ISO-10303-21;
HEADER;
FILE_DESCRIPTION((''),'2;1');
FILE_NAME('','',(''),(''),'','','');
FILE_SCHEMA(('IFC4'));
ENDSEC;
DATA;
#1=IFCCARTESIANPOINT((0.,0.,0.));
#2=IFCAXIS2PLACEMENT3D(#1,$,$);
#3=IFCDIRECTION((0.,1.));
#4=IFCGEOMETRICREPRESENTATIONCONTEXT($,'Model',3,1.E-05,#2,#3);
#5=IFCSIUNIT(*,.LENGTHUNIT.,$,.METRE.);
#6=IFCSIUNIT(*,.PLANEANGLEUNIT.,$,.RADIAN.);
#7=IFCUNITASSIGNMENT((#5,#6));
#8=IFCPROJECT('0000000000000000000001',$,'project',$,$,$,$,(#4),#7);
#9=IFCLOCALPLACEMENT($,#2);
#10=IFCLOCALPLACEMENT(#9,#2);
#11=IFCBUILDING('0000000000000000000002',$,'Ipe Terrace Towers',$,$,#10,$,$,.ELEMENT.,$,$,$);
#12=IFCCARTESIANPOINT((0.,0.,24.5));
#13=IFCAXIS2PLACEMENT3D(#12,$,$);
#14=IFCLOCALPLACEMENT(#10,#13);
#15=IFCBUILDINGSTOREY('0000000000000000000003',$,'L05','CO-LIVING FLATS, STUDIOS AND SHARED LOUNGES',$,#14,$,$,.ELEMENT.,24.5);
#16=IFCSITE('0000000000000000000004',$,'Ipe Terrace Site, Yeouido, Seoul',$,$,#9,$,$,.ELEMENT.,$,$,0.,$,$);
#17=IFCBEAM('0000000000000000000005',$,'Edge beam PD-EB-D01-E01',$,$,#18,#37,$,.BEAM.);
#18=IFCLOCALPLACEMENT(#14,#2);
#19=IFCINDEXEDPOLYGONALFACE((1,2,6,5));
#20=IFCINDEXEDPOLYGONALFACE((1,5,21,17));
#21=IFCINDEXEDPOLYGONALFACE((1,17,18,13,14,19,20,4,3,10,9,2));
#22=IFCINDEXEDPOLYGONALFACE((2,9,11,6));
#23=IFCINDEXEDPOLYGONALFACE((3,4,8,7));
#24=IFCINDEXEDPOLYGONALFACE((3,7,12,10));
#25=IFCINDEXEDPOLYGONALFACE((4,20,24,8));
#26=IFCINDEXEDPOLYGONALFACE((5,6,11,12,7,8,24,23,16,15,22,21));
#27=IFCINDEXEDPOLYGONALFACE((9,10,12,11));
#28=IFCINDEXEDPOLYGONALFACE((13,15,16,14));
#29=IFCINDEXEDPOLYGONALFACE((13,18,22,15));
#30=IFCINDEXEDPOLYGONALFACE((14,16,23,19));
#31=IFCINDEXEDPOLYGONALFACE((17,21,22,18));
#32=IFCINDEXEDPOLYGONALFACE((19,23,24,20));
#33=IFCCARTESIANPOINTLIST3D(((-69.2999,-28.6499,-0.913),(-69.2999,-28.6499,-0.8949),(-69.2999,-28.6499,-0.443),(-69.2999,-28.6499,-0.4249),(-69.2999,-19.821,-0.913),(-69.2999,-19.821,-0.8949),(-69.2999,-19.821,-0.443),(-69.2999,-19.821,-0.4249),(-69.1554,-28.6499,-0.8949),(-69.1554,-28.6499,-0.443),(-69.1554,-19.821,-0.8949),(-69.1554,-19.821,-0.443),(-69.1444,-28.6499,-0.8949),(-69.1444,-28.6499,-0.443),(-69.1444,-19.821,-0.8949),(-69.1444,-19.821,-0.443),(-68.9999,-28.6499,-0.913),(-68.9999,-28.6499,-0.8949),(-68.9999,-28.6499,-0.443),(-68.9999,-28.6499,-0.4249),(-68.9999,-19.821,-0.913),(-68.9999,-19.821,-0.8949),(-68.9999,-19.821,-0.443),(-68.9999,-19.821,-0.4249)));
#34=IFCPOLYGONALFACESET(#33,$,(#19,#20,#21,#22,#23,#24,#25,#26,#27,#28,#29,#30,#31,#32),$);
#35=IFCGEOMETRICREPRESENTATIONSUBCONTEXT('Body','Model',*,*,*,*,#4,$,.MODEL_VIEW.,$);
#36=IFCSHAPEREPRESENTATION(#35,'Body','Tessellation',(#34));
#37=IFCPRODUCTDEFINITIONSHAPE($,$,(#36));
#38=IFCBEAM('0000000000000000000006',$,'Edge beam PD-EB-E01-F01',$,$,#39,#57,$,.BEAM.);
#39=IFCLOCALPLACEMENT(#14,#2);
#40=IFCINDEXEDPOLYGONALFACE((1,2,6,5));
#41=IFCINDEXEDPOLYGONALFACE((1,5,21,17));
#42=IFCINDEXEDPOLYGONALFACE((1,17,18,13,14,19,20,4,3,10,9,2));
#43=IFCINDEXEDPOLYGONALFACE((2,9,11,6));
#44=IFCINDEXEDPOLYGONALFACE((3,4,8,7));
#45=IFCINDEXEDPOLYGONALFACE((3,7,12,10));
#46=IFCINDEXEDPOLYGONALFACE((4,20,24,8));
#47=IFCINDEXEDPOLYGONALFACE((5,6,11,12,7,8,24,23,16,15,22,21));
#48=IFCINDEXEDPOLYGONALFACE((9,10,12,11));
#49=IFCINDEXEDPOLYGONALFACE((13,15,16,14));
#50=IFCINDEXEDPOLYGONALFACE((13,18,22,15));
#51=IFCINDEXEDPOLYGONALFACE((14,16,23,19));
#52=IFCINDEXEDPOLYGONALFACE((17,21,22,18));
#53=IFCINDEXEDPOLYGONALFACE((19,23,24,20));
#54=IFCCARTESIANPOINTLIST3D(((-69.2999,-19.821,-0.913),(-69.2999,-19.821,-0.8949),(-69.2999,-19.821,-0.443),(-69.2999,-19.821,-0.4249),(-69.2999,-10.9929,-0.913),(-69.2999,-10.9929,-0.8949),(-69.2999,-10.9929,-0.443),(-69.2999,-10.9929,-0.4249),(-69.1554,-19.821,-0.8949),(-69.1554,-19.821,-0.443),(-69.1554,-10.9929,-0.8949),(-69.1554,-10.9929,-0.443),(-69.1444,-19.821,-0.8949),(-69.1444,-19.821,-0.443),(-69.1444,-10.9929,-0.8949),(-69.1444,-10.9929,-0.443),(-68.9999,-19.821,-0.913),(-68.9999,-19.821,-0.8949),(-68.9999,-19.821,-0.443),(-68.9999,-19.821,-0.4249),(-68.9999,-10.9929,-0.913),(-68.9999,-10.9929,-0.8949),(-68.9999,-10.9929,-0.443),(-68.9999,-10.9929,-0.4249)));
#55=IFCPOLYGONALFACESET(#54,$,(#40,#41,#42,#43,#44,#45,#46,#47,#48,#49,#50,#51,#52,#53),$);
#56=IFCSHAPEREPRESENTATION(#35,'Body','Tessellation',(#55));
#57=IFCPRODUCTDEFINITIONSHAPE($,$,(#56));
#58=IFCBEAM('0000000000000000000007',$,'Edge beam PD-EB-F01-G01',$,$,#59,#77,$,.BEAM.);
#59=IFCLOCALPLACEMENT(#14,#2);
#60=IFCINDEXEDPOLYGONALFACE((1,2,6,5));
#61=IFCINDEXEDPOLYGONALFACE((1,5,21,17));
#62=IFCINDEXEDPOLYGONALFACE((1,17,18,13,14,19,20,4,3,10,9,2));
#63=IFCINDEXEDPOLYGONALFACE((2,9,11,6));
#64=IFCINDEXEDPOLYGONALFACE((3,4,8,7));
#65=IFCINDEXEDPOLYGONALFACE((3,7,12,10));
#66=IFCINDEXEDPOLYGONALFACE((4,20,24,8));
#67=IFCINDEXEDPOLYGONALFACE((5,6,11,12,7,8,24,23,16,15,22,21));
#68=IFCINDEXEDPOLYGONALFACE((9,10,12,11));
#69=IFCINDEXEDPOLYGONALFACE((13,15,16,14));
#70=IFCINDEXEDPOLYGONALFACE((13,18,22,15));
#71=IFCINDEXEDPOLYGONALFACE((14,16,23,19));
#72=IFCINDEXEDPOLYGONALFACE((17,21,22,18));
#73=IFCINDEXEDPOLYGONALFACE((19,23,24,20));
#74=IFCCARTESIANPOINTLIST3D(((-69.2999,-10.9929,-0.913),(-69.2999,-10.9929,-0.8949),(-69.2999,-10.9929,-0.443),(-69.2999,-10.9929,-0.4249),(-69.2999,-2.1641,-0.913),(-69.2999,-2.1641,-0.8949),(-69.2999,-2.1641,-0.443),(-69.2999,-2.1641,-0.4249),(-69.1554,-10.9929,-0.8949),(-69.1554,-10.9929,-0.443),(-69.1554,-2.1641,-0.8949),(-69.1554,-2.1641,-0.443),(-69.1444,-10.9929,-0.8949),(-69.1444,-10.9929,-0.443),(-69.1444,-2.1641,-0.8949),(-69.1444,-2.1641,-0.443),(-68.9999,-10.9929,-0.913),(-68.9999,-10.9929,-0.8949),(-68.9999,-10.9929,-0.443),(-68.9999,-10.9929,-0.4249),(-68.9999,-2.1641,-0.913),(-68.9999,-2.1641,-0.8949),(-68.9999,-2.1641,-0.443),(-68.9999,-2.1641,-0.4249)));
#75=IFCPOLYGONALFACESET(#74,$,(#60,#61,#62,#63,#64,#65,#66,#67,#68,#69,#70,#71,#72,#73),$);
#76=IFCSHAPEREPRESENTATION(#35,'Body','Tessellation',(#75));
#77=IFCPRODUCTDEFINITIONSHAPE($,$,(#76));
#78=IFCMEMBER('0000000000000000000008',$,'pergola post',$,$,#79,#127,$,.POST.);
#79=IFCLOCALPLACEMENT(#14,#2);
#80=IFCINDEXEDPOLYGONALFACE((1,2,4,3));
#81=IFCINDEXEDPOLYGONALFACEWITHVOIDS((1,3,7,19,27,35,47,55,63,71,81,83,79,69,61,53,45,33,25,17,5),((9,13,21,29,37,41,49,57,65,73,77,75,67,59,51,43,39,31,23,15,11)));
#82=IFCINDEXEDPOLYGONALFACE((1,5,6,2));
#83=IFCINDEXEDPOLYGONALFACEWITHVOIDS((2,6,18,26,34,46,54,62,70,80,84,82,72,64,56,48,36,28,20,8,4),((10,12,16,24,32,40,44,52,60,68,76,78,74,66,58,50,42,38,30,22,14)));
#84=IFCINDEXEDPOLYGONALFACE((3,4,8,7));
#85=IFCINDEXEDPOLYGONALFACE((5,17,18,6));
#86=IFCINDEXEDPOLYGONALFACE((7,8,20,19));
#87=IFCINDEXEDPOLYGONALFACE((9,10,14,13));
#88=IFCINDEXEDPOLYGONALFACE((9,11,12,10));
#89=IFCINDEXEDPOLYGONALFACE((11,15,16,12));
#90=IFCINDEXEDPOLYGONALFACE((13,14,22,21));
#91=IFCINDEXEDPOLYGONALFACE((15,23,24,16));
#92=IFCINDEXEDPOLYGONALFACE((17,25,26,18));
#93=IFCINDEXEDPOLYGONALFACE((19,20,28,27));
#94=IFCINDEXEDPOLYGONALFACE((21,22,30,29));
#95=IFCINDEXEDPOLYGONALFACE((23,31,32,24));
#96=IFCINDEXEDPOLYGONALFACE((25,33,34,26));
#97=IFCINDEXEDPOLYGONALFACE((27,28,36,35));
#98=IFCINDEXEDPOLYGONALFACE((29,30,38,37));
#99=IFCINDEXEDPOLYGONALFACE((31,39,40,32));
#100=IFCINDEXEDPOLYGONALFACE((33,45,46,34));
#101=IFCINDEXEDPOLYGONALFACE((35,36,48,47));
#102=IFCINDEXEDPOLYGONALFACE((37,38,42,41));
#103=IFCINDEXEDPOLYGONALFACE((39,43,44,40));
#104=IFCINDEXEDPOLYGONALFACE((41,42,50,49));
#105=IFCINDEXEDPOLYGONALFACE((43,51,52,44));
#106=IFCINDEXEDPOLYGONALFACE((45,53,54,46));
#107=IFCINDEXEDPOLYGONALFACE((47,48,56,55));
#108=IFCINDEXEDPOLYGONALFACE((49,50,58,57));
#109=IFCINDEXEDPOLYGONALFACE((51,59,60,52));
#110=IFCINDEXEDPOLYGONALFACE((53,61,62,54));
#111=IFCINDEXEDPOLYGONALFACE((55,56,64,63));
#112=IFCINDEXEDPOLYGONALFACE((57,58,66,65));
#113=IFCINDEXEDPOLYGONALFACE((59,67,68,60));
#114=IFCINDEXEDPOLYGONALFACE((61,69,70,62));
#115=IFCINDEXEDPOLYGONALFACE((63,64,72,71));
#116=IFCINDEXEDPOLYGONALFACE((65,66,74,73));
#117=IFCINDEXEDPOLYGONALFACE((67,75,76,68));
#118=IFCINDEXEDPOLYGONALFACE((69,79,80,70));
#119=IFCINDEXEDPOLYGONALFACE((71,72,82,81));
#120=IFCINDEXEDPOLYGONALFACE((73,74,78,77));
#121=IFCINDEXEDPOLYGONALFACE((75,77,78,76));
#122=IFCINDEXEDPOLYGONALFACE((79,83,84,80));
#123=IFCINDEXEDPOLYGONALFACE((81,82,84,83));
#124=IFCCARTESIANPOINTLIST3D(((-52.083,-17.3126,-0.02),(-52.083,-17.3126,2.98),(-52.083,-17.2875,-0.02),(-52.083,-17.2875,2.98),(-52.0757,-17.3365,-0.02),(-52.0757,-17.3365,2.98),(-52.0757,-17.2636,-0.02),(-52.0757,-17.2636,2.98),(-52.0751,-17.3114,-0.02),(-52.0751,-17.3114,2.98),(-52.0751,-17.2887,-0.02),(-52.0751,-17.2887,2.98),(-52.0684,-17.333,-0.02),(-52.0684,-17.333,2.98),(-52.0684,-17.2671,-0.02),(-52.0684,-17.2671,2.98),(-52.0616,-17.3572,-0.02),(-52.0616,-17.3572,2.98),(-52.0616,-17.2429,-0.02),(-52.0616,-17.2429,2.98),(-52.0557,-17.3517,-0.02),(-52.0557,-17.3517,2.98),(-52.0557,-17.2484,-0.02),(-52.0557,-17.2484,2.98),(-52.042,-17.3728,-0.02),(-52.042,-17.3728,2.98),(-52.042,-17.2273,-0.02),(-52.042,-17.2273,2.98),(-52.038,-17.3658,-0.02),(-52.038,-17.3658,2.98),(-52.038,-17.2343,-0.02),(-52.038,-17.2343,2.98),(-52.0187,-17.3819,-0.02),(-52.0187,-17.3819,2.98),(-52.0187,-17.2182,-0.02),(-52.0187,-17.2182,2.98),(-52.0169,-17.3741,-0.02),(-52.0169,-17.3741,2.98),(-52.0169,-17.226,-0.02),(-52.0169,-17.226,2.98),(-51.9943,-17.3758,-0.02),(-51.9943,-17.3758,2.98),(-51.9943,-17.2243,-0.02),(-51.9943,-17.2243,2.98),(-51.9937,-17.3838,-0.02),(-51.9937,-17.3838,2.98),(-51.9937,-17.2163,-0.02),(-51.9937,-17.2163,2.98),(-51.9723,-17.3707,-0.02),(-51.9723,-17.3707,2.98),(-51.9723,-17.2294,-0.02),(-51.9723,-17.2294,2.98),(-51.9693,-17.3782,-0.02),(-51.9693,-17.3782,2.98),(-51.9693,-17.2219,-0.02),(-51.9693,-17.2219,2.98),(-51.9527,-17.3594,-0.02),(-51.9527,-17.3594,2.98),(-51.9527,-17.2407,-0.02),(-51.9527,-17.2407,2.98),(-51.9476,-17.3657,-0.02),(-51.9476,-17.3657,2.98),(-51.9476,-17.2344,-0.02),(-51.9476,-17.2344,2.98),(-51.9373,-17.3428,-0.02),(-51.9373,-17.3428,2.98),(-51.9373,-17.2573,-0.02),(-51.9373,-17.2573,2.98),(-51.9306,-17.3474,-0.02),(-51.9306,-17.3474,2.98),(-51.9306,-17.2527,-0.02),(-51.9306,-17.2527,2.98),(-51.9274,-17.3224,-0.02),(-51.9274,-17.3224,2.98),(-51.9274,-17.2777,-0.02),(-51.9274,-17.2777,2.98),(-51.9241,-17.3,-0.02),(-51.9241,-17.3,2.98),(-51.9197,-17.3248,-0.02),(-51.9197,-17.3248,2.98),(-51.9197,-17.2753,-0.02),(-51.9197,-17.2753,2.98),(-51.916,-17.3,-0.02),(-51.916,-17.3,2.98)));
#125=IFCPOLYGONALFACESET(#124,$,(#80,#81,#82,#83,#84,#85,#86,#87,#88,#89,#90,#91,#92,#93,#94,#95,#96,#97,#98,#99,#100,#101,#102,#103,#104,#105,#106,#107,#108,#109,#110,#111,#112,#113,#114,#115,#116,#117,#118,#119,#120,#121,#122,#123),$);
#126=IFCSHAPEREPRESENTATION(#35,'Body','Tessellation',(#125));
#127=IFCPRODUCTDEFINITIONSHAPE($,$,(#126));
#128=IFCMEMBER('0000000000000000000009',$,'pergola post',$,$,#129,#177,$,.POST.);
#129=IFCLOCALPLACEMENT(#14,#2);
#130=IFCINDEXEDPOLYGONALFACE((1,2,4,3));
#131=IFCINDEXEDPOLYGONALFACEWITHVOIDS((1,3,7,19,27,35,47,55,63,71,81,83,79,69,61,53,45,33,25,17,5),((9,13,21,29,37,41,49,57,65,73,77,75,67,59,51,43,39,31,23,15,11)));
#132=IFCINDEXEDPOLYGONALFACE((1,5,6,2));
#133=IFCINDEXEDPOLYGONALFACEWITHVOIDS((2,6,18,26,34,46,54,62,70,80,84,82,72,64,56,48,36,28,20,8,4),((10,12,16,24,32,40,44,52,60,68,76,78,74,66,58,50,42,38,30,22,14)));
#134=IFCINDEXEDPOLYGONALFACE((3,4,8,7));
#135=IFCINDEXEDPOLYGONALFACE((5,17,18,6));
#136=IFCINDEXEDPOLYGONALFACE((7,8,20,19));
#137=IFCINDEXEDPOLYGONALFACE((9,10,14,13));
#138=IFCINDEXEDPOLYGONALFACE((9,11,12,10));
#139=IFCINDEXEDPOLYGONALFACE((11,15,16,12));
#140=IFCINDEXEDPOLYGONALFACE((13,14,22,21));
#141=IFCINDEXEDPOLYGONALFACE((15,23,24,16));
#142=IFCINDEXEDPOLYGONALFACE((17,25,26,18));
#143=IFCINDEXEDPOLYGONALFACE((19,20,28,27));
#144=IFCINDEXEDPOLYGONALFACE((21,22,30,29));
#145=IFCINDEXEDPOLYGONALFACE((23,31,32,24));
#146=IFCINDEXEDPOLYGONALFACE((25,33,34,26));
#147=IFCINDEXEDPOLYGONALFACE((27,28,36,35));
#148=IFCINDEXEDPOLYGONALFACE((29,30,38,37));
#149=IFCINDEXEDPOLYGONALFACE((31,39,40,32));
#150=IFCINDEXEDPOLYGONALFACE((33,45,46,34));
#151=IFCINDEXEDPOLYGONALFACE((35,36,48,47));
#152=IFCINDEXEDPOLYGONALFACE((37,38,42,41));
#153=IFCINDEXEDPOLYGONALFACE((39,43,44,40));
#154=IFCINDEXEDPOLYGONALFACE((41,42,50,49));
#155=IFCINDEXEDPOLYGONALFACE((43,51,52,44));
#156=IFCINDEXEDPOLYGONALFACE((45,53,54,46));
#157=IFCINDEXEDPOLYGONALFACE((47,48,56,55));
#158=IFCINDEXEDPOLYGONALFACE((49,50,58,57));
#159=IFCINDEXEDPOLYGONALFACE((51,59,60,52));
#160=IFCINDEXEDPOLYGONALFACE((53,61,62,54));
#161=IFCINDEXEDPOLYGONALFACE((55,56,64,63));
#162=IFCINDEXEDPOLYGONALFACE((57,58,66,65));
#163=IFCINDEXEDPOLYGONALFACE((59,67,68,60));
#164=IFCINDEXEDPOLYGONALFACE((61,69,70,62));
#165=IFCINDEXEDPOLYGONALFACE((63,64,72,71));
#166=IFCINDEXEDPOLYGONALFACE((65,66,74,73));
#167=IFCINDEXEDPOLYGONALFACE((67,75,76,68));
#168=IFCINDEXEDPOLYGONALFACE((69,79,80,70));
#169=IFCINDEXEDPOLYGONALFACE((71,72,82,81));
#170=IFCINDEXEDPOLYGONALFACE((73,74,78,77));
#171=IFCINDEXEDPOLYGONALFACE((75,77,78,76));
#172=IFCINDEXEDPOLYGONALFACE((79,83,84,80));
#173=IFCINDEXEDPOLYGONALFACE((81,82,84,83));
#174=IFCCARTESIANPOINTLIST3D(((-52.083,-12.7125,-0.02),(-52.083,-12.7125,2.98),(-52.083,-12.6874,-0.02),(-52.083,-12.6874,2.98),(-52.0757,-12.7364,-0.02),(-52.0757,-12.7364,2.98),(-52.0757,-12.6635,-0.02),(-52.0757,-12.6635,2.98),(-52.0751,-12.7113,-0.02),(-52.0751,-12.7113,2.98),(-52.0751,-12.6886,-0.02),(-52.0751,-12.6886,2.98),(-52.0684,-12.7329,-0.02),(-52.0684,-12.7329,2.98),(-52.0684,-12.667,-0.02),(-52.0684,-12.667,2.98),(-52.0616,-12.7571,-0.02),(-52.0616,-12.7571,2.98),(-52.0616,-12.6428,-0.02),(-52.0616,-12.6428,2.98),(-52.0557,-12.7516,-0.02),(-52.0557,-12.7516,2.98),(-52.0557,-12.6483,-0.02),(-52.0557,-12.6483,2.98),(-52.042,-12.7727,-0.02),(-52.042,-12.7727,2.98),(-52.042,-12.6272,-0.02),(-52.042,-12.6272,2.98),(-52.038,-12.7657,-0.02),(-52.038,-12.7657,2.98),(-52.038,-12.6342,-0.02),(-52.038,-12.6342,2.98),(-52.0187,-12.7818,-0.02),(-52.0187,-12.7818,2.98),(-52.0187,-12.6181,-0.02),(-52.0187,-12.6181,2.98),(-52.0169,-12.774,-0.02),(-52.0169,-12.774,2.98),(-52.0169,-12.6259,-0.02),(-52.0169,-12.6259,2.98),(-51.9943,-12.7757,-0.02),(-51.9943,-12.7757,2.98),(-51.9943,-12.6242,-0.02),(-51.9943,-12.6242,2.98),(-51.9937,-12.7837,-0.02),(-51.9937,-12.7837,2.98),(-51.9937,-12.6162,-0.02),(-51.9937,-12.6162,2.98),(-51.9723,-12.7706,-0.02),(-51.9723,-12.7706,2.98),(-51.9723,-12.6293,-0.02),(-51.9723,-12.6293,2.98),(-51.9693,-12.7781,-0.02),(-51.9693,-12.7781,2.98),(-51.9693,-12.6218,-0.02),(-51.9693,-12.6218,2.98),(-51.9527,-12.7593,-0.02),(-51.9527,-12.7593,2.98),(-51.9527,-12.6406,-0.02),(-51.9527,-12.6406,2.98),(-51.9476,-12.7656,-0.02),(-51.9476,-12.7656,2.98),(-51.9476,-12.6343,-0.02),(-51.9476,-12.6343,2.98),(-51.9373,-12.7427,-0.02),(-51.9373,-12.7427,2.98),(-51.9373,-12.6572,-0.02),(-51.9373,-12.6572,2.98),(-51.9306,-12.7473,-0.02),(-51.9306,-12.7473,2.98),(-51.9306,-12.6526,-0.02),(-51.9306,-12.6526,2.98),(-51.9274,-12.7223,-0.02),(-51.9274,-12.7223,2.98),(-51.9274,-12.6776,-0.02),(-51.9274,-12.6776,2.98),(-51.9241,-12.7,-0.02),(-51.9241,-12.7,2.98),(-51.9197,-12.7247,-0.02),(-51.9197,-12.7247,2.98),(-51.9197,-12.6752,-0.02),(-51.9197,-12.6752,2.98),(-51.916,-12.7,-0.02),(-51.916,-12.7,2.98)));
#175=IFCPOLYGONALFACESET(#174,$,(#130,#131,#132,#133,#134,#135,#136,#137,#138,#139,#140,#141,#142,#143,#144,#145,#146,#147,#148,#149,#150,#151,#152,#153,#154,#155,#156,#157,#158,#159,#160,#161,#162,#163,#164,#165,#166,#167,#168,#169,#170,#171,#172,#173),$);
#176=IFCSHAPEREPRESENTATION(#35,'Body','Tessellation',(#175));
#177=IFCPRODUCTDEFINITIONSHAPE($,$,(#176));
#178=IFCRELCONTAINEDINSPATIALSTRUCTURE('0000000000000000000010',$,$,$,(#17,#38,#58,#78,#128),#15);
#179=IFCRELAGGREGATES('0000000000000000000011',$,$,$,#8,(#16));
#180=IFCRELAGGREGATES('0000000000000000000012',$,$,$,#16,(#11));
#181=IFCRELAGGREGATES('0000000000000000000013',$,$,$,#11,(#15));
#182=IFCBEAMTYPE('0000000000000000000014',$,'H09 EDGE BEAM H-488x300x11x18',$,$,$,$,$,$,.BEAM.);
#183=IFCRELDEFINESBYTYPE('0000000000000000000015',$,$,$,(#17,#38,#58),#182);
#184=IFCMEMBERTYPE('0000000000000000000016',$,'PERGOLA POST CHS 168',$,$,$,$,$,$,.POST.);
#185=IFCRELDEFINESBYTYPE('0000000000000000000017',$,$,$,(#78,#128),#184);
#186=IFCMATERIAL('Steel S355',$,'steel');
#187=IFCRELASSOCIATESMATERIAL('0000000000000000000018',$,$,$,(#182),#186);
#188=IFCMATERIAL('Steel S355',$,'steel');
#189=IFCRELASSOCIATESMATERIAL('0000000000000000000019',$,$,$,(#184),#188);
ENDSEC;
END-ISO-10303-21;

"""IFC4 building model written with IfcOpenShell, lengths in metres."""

from ifc_helpers import new_model, si_unit, direction, frame, origin, origin_2d, place, context, subcontext, project, spatial, hollow_circle, i_section, extrude, material, material_profile, profile_set, type_object, element, save


model = new_model("IFC4")

# Units and contexts
model_context = context("Model", 3, precision=1e-05, world=origin(), true_north=direction((0.0, 1.0)))
body_context = subcontext(model_context, "Body", "Model", "MODEL_VIEW")
ifc_project = project(units=[si_unit("LENGTHUNIT", "METRE"), si_unit("PLANEANGLEUNIT", "RADIAN")], contexts=[model_context])

# Site, building, storey
site_placement = place(None, origin())
site = spatial("IfcSite", under=ifc_project, at=site_placement, Name="Ipe Terrace Site, Yeouido, Seoul", CompositionType="ELEMENT", RefElevation=0.0)
building_placement = place(site_placement, origin())
building = spatial("IfcBuilding", under=site, at=building_placement, Name="Ipe Terrace Towers", CompositionType="ELEMENT")
storey_placement = place(building_placement, frame((0.0, 0.0, 24.5)))
storey = spatial("IfcBuildingStorey", under=building, at=storey_placement, Name="L05", Description="CO-LIVING FLATS, STUDIOS AND SHARED LOUNGES", CompositionType="ELEMENT", Elevation=24.5)

# Beams
ifc_material_1 = material(Name="Steel S355", Category="steel")
ifc_material_profile_1 = material_profile(ifc_material_1, i_section(OverallWidth=0.3, OverallDepth=0.488, WebThickness=0.011, FlangeThickness=0.0181, at=origin_2d()), Name="H-488x300x11x18")
ifc_profile_set_1 = profile_set([ifc_material_profile_1], Name="Steel S355")
beam_type = type_object("IfcBeamType", Name="H09 EDGE BEAM H-488x300x11x18", PredefinedType="BEAM", material=ifc_profile_set_1)
beam_1_placement = place(storey_placement, frame((-69.1499, -28.6499, -0.6689), z_axis=(0.0, 1.0, 0.0), x_axis=(-1.0, 0.0, 0.0)))
element("IfcBeam", 1, at=beam_1_placement, inside=storey, type_object=beam_type, Name="Edge beam PD-EB-D01-E01", PredefinedType="BEAM", context=body_context, shape_type="SweptSolid", body=[
    extrude(i_section(OverallWidth=0.3, OverallDepth=0.488, WebThickness=0.011, FlangeThickness=0.0181, at=origin_2d()), origin(), (0.0, 0.0, 1.0), 8.8289),
])
beam_2_placement = place(storey_placement, frame((-69.1499, -19.821, -0.6689), z_axis=(0.0, 1.0, 0.0), x_axis=(-1.0, 0.0, 0.0)))
element("IfcBeam", 2, at=beam_2_placement, inside=storey, type_object=beam_type, Name="Edge beam PD-EB-E01-F01", PredefinedType="BEAM", context=body_context, shape_type="SweptSolid", body=[
    extrude(i_section(OverallWidth=0.3, OverallDepth=0.488, WebThickness=0.011, FlangeThickness=0.0181, at=origin_2d()), origin(), (0.0, 0.0, 1.0), 8.8281),
])
beam_3_placement = place(storey_placement, frame((-69.1499, -10.9929, -0.6689), z_axis=(0.0, 1.0, 0.0), x_axis=(-1.0, 0.0, 0.0)))
element("IfcBeam", 3, at=beam_3_placement, inside=storey, type_object=beam_type, Name="Edge beam PD-EB-F01-G01", PredefinedType="BEAM", context=body_context, shape_type="SweptSolid", body=[
    extrude(i_section(OverallWidth=0.3, OverallDepth=0.488, WebThickness=0.011, FlangeThickness=0.0181, at=origin_2d()), origin(), (0.0, 0.0, 1.0), 8.8289),
])

# Members
ifc_material_2 = material(Name="Steel S355", Category="steel")
ifc_material_profile_2 = material_profile(ifc_material_2, hollow_circle(Radius=0.084, WallThickness=0.0081, at=origin_2d()), Name="PERGOLA POST CHS 168")
ifc_profile_set_2 = profile_set([ifc_material_profile_2], Name="Steel S355")
member_type_1 = type_object("IfcMemberType", Name="PERGOLA POST CHS 168", PredefinedType="POST", material=ifc_profile_set_2)
for number, where, z_axis, x_axis, name in (
    (4, (-52.0, -17.3, -0.02), (0.0, 0.0, 1.0), (1.0, 0.0, 0.0), "pergola post"),
    (5, (-52.0, -12.7, -0.02), (0.0, 0.0, 1.0), (1.0, 0.0, 0.0), "pergola post"),
):
    element("IfcMember", number, at=place(storey_placement, frame(where, z_axis=z_axis, x_axis=x_axis)), inside=storey, type_object=member_type_1, Name=name, PredefinedType="POST", context=body_context, shape_type="SweptSolid", body=[
        extrude(hollow_circle(Radius=0.084, WallThickness=0.0081, at=origin_2d()), origin(), (0.0, 0.0, 1.0), 3.0),
    ])

save(model, "model.ifc")
